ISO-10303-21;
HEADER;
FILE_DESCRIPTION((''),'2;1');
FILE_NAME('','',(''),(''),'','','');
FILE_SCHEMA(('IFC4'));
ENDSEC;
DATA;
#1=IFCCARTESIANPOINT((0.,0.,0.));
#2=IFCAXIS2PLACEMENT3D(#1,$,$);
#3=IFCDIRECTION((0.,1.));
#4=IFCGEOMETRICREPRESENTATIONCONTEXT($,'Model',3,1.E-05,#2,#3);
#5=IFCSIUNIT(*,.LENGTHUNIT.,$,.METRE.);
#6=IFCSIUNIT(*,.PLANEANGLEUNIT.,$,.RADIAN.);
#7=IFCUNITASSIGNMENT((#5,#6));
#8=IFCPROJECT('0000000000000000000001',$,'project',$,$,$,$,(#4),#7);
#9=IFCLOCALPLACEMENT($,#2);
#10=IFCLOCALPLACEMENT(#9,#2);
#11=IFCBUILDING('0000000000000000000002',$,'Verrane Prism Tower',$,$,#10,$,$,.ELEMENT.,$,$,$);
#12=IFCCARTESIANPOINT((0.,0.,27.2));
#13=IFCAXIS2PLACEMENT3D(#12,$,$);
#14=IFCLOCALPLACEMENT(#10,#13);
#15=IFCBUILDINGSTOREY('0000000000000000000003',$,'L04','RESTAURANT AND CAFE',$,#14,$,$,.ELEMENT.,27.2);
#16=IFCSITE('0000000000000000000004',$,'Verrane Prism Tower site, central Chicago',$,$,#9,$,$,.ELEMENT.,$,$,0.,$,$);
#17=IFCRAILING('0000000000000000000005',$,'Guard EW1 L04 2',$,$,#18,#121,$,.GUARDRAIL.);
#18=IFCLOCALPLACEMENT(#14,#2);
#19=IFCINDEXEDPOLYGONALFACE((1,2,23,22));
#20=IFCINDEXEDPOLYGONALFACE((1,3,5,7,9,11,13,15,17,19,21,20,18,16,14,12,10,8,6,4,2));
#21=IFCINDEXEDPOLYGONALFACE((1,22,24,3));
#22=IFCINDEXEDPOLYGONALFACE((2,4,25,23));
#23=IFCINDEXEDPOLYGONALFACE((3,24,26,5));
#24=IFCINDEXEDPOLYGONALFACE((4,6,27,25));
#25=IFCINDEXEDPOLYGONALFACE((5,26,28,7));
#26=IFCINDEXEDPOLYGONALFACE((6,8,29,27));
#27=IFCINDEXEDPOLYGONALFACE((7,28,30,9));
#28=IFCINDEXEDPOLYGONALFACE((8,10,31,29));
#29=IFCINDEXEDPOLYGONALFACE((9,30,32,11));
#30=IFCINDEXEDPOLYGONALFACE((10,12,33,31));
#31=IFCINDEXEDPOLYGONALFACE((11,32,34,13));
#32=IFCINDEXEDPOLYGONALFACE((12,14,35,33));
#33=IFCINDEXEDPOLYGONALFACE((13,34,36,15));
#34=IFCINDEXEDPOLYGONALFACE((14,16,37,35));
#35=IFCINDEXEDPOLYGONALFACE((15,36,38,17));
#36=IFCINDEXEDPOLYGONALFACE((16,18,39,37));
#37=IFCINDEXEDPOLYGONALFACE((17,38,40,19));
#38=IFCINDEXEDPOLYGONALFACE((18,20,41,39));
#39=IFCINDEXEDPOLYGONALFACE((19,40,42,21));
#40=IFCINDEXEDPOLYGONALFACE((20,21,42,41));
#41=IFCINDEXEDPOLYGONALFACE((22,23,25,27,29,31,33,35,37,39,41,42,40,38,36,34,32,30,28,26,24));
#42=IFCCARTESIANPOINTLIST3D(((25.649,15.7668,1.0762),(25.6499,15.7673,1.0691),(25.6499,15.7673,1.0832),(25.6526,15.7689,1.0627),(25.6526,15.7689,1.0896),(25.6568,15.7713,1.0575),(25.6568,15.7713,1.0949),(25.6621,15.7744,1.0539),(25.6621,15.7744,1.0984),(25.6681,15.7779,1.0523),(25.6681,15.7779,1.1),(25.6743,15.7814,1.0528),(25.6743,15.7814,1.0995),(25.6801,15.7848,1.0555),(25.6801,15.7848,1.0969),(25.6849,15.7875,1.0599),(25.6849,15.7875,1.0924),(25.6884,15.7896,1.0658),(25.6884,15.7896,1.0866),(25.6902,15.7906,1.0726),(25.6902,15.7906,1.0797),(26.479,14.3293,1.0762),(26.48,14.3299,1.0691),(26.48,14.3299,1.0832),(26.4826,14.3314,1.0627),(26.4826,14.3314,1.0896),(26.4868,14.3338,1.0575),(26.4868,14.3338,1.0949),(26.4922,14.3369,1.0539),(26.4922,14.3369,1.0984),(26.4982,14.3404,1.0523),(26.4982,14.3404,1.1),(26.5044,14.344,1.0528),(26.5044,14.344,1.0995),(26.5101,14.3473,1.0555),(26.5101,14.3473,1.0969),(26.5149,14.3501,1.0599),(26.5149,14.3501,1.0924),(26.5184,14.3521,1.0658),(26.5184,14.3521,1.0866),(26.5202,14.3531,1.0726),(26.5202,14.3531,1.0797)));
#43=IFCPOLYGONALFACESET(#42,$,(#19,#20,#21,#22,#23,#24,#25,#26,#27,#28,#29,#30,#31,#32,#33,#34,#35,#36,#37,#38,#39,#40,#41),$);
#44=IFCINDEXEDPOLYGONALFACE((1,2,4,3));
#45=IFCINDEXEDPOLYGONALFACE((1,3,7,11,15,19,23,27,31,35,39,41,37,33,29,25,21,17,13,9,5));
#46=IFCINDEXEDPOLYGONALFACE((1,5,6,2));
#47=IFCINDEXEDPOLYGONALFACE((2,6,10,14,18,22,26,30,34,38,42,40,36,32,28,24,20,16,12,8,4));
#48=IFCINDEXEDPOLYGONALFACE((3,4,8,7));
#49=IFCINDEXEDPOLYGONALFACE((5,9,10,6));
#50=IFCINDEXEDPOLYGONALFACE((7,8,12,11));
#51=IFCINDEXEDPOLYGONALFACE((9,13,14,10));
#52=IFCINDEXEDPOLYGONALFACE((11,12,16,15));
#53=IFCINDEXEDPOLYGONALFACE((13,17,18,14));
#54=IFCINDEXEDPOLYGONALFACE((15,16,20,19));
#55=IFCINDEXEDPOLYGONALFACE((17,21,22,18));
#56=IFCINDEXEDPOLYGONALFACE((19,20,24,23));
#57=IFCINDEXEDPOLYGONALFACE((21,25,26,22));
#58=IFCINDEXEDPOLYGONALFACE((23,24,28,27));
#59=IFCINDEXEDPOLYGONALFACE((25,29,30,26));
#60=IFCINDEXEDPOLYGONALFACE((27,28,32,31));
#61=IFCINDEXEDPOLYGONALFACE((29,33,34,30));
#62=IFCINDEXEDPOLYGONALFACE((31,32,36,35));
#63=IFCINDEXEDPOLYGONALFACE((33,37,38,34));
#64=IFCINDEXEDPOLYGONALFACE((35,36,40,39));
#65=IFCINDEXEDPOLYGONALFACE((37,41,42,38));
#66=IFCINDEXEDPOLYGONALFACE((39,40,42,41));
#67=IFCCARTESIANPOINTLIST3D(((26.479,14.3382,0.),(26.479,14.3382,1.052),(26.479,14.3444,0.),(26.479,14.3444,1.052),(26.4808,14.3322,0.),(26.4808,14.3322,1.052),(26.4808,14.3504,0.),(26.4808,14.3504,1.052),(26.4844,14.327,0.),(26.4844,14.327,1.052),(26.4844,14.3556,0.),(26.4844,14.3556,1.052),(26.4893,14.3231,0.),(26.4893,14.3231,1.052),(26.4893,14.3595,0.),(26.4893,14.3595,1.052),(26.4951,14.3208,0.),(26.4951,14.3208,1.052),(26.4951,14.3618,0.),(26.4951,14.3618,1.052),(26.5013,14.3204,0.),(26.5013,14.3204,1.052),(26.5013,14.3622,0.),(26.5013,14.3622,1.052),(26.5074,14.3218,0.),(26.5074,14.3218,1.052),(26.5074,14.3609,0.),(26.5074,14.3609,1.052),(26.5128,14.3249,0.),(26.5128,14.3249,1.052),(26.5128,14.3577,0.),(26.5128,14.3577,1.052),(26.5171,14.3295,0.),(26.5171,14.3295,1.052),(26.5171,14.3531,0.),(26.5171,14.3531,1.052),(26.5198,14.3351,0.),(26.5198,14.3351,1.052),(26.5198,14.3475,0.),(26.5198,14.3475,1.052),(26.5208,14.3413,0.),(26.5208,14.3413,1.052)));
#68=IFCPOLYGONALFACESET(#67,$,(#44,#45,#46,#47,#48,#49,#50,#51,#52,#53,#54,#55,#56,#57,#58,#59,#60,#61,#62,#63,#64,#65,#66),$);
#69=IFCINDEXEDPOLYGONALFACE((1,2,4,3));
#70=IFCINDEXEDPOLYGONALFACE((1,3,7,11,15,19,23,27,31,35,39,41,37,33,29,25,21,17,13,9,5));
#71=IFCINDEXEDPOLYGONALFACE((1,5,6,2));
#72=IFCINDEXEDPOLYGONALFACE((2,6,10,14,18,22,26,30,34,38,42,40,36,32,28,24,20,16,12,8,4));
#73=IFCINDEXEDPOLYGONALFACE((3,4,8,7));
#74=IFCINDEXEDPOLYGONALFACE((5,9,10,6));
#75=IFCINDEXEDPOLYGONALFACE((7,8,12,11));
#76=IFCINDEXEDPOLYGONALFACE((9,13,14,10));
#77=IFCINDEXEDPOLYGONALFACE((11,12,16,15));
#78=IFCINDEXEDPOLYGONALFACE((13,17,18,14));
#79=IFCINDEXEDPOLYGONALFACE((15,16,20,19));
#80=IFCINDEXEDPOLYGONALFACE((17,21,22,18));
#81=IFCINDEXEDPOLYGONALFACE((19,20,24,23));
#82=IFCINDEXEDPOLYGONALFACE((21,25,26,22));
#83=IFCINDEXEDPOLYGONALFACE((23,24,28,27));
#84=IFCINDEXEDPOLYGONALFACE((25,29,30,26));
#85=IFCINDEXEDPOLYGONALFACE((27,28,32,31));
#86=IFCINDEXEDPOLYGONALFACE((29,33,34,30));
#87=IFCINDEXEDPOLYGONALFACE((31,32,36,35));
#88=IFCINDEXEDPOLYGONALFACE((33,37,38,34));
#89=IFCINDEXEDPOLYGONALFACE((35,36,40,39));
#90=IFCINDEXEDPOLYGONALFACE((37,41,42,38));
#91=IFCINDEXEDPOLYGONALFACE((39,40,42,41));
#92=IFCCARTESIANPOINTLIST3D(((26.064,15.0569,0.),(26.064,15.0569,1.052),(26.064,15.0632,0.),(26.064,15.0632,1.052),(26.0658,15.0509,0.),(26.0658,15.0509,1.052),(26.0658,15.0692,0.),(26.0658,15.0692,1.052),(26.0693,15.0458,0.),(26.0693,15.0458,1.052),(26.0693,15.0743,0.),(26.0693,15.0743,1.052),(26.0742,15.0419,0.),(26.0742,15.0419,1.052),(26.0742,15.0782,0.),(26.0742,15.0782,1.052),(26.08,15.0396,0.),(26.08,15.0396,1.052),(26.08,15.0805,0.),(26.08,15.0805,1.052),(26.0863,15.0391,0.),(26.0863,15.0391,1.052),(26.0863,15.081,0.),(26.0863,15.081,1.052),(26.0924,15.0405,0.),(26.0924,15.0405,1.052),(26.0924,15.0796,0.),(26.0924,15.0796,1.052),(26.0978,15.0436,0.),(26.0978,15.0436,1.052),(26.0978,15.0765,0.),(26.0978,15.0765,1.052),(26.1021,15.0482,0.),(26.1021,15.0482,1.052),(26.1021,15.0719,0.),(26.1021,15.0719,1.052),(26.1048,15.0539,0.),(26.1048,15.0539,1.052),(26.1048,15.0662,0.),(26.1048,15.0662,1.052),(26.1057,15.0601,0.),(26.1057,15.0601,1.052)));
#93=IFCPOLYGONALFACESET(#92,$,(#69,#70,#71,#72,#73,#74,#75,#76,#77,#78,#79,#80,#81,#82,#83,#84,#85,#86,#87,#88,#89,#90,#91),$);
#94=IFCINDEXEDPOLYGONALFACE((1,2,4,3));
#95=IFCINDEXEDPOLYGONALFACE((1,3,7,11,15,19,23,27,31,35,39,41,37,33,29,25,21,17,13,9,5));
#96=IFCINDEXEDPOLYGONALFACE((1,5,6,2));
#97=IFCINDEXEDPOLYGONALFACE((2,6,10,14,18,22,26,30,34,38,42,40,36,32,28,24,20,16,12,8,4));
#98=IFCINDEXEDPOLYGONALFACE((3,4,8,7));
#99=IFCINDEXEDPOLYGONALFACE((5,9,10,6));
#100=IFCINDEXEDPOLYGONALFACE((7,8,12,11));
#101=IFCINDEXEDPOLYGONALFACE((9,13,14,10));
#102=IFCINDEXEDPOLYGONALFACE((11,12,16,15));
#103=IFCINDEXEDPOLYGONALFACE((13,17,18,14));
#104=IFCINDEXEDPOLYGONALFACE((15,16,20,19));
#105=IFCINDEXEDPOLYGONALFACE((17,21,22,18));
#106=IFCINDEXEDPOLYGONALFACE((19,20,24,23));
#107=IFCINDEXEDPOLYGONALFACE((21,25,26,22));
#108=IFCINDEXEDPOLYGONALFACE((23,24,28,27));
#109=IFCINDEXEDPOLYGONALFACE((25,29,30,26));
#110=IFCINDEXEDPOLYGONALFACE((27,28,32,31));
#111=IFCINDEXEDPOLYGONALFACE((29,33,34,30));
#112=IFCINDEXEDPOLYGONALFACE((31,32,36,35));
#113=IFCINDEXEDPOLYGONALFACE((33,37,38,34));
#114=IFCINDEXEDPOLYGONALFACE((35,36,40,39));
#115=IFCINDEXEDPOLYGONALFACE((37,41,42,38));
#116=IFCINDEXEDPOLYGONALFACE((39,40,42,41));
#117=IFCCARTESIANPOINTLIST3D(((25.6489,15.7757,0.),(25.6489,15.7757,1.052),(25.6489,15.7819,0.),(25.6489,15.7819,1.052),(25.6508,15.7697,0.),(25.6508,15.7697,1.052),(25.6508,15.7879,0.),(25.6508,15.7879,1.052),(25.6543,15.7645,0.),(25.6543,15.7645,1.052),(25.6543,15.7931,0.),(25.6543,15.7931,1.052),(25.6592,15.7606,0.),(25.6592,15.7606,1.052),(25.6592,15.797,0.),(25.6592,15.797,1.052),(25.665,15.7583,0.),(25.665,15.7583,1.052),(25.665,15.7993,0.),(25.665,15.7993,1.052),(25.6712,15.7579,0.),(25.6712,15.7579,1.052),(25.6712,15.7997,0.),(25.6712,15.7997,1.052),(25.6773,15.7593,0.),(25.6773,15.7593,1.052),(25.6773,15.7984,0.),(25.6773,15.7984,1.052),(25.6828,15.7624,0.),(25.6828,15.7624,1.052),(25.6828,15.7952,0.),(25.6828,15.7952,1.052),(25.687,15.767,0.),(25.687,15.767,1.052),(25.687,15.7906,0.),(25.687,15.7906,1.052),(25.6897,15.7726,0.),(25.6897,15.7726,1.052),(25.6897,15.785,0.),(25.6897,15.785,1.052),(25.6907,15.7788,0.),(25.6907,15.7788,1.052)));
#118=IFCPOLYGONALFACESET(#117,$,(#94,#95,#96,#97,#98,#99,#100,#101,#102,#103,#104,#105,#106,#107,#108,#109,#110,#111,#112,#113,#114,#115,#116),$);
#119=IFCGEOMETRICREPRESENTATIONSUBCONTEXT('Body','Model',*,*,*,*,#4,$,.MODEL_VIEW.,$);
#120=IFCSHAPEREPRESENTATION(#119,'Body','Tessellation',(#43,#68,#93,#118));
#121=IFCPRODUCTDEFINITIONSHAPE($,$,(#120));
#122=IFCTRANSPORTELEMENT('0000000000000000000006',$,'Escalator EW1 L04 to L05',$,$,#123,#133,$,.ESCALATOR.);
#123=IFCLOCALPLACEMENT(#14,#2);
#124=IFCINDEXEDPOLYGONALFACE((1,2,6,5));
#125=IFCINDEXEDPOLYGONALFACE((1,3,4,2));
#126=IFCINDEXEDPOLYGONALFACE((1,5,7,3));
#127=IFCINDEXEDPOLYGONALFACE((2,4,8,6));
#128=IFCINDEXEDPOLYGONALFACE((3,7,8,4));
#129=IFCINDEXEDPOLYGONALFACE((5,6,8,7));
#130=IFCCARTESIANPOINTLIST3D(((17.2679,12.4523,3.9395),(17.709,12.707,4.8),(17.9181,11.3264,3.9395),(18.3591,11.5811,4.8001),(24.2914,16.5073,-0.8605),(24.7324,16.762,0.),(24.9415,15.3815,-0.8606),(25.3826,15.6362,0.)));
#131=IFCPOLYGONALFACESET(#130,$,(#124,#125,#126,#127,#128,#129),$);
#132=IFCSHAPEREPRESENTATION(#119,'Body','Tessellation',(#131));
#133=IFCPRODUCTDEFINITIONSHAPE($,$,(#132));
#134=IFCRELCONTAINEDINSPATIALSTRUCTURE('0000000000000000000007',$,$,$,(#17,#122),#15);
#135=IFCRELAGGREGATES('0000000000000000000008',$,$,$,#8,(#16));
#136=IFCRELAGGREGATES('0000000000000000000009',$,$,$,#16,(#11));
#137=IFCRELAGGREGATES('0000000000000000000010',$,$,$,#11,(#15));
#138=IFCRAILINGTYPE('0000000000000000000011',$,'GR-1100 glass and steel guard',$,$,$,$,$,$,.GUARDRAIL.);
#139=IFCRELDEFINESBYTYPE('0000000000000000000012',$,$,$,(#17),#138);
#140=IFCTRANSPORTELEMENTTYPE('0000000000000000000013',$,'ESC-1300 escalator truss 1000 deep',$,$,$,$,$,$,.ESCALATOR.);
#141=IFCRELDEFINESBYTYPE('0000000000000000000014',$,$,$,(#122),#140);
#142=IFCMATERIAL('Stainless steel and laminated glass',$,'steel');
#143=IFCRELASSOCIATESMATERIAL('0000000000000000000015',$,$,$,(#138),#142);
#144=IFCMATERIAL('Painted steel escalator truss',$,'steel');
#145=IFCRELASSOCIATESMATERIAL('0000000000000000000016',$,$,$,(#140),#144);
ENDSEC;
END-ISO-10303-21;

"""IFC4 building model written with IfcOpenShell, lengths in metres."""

from ifc_helpers import new_model, si_unit, direction, frame, origin, origin_2d, place, context, subcontext, project, spatial, polyline, circle, outline, extrude, material, type_object, element, save


model = new_model("IFC4")

# Units and contexts
model_context = context("Model", 3, precision=1e-05, world=origin(), true_north=direction((0.0, 1.0)))
body_context = subcontext(model_context, "Body", "Model", "MODEL_VIEW")
ifc_project = project(units=[si_unit("LENGTHUNIT", "METRE"), si_unit("PLANEANGLEUNIT", "RADIAN")], contexts=[model_context])

# Site, building, storey
site_placement = place(None, origin())
site = spatial("IfcSite", under=ifc_project, at=site_placement, Name="Verrane Prism Tower site, central Chicago", CompositionType="ELEMENT", RefElevation=0.0)
building_placement = place(site_placement, origin())
building = spatial("IfcBuilding", under=site, at=building_placement, Name="Verrane Prism Tower", CompositionType="ELEMENT")
storey_placement = place(building_placement, frame((0.0, 0.0, 27.2)))
storey = spatial("IfcBuildingStorey", under=building, at=storey_placement, Name="L04", Description="RESTAURANT AND CAFE", CompositionType="ELEMENT", Elevation=27.2)

# Railing
ifc_material_1 = material(Name="Stainless steel and laminated glass", Category="steel")
railing_type = type_object("IfcRailingType", Name="GR-1100 glass and steel guard", PredefinedType="GUARDRAIL", material=ifc_material_1)
railing_1_placement = place(storey_placement, frame((26.4998, 14.3413, 0.0)))
element("IfcRailing", 1, at=railing_1_placement, inside=storey, type_object=railing_type, Name="Guard EW1 L04 2", PredefinedType="GUARDRAIL", context=body_context, shape_type="SweptSolid", body=[
    extrude(circle(Radius=0.0239, at=origin_2d()), frame((0.0, 0.0, 1.0762), z_axis=(-0.500062, 0.86599, 0.0), x_axis=(-0.86599, -0.500062, 0.0)), (0.0, 0.0, 1.0), 1.6599),
    extrude(circle(Radius=0.021, at=origin_2d()), origin(), (0.0, 0.0, 1.0), 1.052),
    extrude(circle(Radius=0.021, at=origin_2d()), frame((-0.415, 0.7188, 0.0)), (0.0, 0.0, 1.0), 1.052),
    extrude(circle(Radius=0.021, at=origin_2d()), frame((-0.8301, 1.4375, 0.0)), (0.0, 0.0, 1.0), 1.052),
])

# Transport element
ifc_material_2 = material(Name="Painted steel escalator truss", Category="steel")
transport_element_type = type_object("IfcTransportElementType", Name="ESC-1300 escalator truss 1000 deep", PredefinedType="ESCALATOR", material=ifc_material_2)
transport_element_placement = place(storey_placement, frame((25.3826, 15.6362, 0.0), z_axis=(0.441079, 0.25471, 0.860565), x_axis=(-0.745262, -0.430298, 0.509341)))
element("IfcTransportElement", 2, at=transport_element_placement, inside=storey, type_object=transport_element_type, Name="Escalator EW1 L04 to L05", PredefinedType="ESCALATOR", context=body_context, shape_type="SweptSolid", body=[
    extrude(outline(polyline([(0.0, 0.0), (9.4241, 0.0), (9.4241, -1.3002), (0.0001, -1.3), (0.0, 0.0)])), origin(), (0.0, 0.0, -1.0), 1.0),
])

save(model, "model.ifc")
